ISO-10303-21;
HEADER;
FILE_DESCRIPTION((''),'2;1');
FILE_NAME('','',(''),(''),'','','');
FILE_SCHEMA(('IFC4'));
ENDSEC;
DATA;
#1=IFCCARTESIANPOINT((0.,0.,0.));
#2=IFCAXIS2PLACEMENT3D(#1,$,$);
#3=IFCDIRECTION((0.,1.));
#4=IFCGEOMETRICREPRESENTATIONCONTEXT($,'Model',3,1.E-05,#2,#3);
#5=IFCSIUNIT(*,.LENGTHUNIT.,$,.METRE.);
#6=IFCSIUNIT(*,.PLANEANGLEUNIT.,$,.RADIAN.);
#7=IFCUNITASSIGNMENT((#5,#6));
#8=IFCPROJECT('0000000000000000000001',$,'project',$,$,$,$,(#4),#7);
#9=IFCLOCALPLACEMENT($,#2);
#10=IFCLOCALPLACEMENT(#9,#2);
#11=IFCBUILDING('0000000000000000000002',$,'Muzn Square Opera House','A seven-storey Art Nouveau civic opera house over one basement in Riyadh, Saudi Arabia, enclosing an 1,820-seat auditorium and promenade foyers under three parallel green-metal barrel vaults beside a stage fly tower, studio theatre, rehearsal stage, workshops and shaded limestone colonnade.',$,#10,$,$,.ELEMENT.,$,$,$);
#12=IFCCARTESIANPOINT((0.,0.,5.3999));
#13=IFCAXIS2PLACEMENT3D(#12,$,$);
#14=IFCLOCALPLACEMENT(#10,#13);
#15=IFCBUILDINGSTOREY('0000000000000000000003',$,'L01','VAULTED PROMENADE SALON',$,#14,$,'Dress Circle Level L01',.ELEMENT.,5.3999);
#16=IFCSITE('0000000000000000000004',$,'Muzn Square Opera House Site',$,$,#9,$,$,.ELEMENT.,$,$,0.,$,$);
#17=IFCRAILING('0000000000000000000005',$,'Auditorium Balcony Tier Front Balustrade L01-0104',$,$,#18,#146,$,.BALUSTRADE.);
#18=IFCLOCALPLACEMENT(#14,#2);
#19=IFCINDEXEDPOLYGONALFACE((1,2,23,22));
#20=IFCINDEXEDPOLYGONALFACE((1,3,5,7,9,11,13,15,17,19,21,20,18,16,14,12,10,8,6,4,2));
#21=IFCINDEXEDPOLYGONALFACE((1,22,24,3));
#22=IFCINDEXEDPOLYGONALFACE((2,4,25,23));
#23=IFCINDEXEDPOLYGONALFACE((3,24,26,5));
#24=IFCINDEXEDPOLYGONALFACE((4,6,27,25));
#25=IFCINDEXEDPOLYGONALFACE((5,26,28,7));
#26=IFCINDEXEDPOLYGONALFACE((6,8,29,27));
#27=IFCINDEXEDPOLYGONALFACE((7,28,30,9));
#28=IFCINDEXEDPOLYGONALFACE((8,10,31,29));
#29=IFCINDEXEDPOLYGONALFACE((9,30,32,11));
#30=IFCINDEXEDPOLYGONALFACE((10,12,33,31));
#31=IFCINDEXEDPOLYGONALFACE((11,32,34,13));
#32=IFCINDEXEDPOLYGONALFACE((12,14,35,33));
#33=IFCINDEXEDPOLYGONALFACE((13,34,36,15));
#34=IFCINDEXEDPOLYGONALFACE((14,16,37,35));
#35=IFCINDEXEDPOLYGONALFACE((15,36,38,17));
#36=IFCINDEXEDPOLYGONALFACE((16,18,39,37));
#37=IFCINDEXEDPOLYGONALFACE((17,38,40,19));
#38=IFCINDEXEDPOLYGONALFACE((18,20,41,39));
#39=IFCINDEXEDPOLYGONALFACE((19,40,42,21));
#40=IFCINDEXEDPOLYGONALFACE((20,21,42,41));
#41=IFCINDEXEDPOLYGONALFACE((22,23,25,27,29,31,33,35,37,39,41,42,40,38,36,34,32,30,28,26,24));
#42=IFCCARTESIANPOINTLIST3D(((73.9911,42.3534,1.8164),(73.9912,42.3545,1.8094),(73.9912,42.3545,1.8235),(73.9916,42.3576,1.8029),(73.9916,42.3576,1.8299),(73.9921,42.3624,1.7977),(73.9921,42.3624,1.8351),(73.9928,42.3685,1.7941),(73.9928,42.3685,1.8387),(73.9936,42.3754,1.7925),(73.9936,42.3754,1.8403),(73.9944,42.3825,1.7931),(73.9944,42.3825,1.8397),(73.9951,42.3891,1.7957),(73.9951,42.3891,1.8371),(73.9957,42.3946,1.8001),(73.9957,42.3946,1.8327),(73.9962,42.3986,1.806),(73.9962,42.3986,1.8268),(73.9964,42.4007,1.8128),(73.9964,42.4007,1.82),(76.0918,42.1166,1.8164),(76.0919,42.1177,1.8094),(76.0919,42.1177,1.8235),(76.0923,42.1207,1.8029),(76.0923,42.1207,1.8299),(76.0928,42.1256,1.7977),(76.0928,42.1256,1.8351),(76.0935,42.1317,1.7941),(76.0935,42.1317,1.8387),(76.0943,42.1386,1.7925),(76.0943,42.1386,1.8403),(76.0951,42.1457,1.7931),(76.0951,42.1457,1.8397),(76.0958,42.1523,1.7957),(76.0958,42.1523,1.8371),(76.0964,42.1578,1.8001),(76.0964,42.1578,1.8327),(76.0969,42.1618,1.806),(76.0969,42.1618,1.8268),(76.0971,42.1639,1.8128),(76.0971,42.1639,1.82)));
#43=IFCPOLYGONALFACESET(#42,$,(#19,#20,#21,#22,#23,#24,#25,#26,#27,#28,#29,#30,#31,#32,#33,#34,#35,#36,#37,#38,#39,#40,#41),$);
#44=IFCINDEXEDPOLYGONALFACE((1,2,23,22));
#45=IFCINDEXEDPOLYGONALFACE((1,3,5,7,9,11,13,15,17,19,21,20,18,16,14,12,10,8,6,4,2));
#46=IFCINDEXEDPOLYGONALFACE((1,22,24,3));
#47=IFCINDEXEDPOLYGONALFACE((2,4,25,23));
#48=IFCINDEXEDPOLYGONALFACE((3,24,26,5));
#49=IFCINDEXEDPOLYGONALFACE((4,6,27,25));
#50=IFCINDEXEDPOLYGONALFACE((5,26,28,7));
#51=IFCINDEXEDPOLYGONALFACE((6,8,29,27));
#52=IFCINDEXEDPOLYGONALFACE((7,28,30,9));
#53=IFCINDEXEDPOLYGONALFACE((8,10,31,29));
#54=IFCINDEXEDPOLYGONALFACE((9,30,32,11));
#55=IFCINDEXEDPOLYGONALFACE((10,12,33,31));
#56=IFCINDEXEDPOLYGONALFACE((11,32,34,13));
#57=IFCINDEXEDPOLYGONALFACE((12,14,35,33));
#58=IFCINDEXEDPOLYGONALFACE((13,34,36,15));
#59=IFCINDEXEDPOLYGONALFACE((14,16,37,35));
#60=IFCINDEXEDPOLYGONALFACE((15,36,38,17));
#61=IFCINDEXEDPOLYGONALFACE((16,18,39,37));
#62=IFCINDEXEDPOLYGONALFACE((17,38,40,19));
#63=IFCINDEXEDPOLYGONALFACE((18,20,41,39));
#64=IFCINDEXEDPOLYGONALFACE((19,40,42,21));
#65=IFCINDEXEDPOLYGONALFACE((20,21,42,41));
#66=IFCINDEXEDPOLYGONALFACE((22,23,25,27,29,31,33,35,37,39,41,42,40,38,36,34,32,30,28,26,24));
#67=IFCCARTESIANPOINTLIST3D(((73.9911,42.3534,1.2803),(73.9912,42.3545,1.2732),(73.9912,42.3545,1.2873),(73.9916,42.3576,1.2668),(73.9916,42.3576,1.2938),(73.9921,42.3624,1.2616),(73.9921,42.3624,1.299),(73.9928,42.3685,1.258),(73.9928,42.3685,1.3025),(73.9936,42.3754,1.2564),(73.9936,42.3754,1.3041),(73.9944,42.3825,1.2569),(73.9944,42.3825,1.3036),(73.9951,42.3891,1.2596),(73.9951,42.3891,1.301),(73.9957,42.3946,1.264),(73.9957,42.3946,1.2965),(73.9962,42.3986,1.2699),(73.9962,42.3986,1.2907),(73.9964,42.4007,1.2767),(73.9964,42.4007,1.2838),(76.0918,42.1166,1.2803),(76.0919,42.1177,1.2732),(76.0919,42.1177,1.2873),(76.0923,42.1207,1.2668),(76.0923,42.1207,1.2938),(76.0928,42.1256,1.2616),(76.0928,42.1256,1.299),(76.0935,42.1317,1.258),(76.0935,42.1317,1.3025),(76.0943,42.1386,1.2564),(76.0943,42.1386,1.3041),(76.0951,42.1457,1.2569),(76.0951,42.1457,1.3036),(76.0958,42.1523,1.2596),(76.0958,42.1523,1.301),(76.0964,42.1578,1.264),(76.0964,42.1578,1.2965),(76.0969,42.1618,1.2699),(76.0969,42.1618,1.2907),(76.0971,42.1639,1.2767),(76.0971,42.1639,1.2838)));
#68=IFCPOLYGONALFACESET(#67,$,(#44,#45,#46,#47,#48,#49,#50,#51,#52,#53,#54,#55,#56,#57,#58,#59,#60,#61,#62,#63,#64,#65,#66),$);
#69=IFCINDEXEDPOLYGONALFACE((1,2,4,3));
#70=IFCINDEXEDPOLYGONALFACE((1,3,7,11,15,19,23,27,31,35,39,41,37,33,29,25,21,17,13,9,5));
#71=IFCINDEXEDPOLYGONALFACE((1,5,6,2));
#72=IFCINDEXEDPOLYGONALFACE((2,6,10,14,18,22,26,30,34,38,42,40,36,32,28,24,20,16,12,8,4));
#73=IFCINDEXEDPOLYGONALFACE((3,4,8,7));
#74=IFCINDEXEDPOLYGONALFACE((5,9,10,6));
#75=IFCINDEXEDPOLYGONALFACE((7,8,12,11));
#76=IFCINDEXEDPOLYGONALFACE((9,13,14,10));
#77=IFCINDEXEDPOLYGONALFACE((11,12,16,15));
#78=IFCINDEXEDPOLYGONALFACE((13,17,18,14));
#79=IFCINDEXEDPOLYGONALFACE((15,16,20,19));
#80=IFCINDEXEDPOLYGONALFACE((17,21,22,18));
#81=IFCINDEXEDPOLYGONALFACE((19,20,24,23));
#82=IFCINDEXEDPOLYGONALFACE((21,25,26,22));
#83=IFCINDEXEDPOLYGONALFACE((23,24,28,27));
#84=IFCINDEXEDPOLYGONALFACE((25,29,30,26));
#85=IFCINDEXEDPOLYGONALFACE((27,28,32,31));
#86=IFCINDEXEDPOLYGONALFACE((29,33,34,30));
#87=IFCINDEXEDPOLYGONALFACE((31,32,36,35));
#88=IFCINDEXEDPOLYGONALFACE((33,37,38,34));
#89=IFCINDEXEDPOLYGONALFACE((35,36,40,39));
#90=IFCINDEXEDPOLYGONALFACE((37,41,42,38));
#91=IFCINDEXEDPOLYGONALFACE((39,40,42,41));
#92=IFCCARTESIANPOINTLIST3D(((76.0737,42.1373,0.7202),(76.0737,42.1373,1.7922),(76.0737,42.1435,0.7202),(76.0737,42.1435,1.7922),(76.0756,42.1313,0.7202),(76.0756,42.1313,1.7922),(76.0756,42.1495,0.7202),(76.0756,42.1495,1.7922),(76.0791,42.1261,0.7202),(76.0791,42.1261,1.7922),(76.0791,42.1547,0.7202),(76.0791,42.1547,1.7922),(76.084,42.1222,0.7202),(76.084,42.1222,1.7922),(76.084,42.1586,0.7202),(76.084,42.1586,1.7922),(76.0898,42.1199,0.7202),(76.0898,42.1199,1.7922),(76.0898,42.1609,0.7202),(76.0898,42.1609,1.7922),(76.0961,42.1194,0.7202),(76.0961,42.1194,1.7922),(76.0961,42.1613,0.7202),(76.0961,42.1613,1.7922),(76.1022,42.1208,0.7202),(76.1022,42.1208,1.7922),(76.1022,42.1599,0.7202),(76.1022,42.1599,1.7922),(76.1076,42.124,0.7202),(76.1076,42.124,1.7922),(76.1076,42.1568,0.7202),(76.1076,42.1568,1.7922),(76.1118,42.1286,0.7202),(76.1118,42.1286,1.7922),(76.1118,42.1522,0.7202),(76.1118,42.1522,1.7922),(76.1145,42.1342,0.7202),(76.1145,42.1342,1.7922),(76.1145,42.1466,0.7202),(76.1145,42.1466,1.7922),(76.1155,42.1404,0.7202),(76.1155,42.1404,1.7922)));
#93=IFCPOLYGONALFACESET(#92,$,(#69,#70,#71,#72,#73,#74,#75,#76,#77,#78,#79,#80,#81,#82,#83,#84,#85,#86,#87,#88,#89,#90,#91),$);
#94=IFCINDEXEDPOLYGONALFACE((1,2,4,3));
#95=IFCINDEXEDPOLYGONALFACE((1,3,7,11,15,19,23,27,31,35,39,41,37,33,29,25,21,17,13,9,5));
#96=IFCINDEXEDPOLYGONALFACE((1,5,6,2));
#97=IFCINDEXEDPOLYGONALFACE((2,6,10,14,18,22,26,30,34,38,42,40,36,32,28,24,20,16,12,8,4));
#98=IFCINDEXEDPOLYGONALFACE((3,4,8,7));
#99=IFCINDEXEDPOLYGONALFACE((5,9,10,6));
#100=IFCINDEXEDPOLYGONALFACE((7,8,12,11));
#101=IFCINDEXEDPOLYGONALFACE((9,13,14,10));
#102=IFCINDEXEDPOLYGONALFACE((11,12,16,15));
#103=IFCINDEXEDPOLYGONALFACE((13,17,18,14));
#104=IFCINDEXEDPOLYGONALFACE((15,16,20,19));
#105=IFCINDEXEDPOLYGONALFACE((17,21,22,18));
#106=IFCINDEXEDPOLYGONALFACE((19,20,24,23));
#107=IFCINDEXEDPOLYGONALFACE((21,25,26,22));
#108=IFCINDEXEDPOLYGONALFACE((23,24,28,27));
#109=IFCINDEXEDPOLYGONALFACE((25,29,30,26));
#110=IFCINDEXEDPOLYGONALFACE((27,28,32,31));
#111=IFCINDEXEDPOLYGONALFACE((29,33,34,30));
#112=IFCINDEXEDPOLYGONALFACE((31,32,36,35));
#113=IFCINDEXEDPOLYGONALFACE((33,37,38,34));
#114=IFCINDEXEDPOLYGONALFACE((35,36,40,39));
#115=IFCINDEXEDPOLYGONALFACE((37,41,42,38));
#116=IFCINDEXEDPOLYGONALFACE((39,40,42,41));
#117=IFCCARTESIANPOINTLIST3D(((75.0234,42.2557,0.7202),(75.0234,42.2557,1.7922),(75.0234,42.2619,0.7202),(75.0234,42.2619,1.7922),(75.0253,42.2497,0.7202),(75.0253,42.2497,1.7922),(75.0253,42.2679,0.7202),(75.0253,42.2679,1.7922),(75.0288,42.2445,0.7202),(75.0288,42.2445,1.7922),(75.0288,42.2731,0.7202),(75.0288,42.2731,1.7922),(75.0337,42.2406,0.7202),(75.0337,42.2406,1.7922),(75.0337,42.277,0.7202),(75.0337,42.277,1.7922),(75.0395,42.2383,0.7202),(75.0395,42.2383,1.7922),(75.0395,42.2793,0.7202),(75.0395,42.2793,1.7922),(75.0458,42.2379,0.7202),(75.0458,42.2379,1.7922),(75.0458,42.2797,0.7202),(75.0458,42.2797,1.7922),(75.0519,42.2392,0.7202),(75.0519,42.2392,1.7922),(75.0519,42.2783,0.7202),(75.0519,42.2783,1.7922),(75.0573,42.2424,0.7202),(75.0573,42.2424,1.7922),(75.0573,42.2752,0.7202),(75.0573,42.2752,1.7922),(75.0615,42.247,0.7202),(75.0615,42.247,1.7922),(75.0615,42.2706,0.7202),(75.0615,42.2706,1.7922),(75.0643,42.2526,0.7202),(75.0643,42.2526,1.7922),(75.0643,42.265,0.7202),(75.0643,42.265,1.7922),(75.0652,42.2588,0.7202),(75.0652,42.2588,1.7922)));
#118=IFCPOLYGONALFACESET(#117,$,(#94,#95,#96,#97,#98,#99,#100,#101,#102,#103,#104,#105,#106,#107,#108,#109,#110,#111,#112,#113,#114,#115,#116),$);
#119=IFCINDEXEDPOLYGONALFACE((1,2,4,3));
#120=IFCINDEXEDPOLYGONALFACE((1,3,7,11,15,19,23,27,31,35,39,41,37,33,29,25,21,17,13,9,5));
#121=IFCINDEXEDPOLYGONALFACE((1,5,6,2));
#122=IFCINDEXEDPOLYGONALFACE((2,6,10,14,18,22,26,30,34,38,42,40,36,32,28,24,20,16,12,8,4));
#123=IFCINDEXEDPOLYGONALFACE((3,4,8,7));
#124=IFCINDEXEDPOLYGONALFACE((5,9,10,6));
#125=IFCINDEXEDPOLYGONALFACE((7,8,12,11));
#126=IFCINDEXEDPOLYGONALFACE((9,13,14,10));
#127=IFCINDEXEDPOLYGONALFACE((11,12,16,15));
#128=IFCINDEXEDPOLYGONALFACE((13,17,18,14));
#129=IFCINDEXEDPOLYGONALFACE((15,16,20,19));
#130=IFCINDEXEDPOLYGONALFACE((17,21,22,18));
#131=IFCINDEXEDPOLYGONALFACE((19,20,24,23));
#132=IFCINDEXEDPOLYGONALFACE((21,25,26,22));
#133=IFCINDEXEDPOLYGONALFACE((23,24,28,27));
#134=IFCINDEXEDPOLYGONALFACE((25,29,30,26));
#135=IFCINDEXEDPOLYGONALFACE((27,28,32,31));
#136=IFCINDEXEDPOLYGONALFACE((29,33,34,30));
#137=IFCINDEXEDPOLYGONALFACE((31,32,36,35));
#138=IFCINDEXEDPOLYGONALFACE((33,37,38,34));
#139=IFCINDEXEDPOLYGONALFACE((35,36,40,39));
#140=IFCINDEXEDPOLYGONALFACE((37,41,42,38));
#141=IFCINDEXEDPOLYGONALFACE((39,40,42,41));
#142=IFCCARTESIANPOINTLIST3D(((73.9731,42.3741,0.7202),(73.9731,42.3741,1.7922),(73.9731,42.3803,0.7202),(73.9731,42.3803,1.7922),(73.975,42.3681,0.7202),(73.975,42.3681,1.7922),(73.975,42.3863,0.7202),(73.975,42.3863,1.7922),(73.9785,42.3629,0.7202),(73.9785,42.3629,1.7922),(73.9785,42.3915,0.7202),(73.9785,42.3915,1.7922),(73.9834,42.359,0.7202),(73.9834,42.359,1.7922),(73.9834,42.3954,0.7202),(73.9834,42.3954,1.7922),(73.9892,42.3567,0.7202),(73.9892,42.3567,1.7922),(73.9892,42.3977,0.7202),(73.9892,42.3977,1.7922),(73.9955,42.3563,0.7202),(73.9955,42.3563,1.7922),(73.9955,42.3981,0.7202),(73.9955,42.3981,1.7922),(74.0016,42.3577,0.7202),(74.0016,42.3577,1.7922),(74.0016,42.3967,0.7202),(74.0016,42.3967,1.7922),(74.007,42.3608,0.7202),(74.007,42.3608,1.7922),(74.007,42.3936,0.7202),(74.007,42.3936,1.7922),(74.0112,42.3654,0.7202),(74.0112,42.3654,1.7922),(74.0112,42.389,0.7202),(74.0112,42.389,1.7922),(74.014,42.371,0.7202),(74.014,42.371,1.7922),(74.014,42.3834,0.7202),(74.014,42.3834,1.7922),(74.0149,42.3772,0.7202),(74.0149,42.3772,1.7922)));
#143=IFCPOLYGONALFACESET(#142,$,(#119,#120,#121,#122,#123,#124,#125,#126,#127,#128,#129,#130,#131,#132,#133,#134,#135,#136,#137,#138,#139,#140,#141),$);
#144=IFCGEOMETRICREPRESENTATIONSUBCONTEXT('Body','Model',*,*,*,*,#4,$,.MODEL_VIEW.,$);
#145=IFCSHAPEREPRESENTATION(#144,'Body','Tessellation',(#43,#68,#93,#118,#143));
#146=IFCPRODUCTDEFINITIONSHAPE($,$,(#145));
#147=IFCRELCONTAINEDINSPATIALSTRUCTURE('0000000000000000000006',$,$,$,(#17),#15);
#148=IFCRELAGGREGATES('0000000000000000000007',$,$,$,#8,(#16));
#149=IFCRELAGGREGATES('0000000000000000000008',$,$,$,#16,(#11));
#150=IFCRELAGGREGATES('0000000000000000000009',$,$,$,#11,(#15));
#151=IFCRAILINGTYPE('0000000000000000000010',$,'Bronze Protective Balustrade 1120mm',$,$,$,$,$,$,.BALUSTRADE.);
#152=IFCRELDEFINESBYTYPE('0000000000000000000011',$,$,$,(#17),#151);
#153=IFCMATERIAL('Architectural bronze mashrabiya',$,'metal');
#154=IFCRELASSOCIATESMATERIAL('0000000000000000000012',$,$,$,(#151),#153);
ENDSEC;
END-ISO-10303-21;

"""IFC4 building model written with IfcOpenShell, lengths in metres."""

from ifc_helpers import new_model, si_unit, direction, frame, origin, origin_2d, place, context, subcontext, project, spatial, circle, extrude, material, type_object, element, save


model = new_model("IFC4")

# Units and contexts
model_context = context("Model", 3, precision=1e-05, world=origin(), true_north=direction((0.0, 1.0)))
body_context = subcontext(model_context, "Body", "Model", "MODEL_VIEW")
ifc_project = project(units=[si_unit("LENGTHUNIT", "METRE"), si_unit("PLANEANGLEUNIT", "RADIAN")], contexts=[model_context])

# Site, building, storey
site_placement = place(None, origin())
site = spatial("IfcSite", under=ifc_project, at=site_placement, Name="Muzn Square Opera House Site", CompositionType="ELEMENT", RefElevation=0.0)
building_placement = place(site_placement, origin())
building = spatial("IfcBuilding", under=site, at=building_placement, Name="Muzn Square Opera House", Description="A seven-storey Art Nouveau civic opera house over one basement in Riyadh, Saudi Arabia, enclosing an 1,820-seat auditorium and promenade foyers under three parallel green-metal barrel vaults beside a stage fly tower, studio theatre, rehearsal stage, workshops and shaded limestone colonnade.", CompositionType="ELEMENT")
storey_placement = place(building_placement, frame((0.0, 0.0, 5.3999)))
storey = spatial("IfcBuildingStorey", under=building, at=storey_placement, Name="L01", Description="VAULTED PROMENADE SALON", LongName="Dress Circle Level L01", CompositionType="ELEMENT", Elevation=5.3999)

# Railing
ifc_material_1 = material(Name="Architectural bronze mashrabiya", Category="metal")
railing_type_1 = type_object("IfcRailingType", Name="Bronze Protective Balustrade 1120mm", PredefinedType="BALUSTRADE", material=ifc_material_1)
railing_1_placement = place(storey_placement, frame((76.0945, 42.1404, 0.7202)))
element("IfcRailing", 1, at=railing_1_placement, inside=storey, type_object=railing_type_1, Name="Auditorium Balcony Tier Front Balustrade L01-0104", PredefinedType="BALUSTRADE", context=body_context, shape_type="SweptSolid", body=[
    extrude(circle(Radius=0.0239, at=origin_2d()), frame((0.0, 0.0, 1.0962), z_axis=(-0.993705, 0.112029, 0.0), x_axis=(-0.112029, -0.993705, 0.0)), (0.0, 0.0, 1.0), 2.114),
    extrude(circle(Radius=0.0239, at=origin_2d()), frame((0.0, 0.0, 0.5601), z_axis=(-0.993705, 0.112029, 0.0), x_axis=(-0.112029, -0.993705, 0.0)), (0.0, 0.0, 1.0), 2.114),
    extrude(circle(Radius=0.021, at=origin_2d()), origin(), (0.0, 0.0, 1.0), 1.072),
    extrude(circle(Radius=0.021, at=origin_2d()), frame((-1.0503, 0.1184, 0.0)), (0.0, 0.0, 1.0), 1.072),
    extrude(circle(Radius=0.021, at=origin_2d()), frame((-2.1006, 0.2368, 0.0)), (0.0, 0.0, 1.0), 1.072),
])

save(model, "model.ifc")
